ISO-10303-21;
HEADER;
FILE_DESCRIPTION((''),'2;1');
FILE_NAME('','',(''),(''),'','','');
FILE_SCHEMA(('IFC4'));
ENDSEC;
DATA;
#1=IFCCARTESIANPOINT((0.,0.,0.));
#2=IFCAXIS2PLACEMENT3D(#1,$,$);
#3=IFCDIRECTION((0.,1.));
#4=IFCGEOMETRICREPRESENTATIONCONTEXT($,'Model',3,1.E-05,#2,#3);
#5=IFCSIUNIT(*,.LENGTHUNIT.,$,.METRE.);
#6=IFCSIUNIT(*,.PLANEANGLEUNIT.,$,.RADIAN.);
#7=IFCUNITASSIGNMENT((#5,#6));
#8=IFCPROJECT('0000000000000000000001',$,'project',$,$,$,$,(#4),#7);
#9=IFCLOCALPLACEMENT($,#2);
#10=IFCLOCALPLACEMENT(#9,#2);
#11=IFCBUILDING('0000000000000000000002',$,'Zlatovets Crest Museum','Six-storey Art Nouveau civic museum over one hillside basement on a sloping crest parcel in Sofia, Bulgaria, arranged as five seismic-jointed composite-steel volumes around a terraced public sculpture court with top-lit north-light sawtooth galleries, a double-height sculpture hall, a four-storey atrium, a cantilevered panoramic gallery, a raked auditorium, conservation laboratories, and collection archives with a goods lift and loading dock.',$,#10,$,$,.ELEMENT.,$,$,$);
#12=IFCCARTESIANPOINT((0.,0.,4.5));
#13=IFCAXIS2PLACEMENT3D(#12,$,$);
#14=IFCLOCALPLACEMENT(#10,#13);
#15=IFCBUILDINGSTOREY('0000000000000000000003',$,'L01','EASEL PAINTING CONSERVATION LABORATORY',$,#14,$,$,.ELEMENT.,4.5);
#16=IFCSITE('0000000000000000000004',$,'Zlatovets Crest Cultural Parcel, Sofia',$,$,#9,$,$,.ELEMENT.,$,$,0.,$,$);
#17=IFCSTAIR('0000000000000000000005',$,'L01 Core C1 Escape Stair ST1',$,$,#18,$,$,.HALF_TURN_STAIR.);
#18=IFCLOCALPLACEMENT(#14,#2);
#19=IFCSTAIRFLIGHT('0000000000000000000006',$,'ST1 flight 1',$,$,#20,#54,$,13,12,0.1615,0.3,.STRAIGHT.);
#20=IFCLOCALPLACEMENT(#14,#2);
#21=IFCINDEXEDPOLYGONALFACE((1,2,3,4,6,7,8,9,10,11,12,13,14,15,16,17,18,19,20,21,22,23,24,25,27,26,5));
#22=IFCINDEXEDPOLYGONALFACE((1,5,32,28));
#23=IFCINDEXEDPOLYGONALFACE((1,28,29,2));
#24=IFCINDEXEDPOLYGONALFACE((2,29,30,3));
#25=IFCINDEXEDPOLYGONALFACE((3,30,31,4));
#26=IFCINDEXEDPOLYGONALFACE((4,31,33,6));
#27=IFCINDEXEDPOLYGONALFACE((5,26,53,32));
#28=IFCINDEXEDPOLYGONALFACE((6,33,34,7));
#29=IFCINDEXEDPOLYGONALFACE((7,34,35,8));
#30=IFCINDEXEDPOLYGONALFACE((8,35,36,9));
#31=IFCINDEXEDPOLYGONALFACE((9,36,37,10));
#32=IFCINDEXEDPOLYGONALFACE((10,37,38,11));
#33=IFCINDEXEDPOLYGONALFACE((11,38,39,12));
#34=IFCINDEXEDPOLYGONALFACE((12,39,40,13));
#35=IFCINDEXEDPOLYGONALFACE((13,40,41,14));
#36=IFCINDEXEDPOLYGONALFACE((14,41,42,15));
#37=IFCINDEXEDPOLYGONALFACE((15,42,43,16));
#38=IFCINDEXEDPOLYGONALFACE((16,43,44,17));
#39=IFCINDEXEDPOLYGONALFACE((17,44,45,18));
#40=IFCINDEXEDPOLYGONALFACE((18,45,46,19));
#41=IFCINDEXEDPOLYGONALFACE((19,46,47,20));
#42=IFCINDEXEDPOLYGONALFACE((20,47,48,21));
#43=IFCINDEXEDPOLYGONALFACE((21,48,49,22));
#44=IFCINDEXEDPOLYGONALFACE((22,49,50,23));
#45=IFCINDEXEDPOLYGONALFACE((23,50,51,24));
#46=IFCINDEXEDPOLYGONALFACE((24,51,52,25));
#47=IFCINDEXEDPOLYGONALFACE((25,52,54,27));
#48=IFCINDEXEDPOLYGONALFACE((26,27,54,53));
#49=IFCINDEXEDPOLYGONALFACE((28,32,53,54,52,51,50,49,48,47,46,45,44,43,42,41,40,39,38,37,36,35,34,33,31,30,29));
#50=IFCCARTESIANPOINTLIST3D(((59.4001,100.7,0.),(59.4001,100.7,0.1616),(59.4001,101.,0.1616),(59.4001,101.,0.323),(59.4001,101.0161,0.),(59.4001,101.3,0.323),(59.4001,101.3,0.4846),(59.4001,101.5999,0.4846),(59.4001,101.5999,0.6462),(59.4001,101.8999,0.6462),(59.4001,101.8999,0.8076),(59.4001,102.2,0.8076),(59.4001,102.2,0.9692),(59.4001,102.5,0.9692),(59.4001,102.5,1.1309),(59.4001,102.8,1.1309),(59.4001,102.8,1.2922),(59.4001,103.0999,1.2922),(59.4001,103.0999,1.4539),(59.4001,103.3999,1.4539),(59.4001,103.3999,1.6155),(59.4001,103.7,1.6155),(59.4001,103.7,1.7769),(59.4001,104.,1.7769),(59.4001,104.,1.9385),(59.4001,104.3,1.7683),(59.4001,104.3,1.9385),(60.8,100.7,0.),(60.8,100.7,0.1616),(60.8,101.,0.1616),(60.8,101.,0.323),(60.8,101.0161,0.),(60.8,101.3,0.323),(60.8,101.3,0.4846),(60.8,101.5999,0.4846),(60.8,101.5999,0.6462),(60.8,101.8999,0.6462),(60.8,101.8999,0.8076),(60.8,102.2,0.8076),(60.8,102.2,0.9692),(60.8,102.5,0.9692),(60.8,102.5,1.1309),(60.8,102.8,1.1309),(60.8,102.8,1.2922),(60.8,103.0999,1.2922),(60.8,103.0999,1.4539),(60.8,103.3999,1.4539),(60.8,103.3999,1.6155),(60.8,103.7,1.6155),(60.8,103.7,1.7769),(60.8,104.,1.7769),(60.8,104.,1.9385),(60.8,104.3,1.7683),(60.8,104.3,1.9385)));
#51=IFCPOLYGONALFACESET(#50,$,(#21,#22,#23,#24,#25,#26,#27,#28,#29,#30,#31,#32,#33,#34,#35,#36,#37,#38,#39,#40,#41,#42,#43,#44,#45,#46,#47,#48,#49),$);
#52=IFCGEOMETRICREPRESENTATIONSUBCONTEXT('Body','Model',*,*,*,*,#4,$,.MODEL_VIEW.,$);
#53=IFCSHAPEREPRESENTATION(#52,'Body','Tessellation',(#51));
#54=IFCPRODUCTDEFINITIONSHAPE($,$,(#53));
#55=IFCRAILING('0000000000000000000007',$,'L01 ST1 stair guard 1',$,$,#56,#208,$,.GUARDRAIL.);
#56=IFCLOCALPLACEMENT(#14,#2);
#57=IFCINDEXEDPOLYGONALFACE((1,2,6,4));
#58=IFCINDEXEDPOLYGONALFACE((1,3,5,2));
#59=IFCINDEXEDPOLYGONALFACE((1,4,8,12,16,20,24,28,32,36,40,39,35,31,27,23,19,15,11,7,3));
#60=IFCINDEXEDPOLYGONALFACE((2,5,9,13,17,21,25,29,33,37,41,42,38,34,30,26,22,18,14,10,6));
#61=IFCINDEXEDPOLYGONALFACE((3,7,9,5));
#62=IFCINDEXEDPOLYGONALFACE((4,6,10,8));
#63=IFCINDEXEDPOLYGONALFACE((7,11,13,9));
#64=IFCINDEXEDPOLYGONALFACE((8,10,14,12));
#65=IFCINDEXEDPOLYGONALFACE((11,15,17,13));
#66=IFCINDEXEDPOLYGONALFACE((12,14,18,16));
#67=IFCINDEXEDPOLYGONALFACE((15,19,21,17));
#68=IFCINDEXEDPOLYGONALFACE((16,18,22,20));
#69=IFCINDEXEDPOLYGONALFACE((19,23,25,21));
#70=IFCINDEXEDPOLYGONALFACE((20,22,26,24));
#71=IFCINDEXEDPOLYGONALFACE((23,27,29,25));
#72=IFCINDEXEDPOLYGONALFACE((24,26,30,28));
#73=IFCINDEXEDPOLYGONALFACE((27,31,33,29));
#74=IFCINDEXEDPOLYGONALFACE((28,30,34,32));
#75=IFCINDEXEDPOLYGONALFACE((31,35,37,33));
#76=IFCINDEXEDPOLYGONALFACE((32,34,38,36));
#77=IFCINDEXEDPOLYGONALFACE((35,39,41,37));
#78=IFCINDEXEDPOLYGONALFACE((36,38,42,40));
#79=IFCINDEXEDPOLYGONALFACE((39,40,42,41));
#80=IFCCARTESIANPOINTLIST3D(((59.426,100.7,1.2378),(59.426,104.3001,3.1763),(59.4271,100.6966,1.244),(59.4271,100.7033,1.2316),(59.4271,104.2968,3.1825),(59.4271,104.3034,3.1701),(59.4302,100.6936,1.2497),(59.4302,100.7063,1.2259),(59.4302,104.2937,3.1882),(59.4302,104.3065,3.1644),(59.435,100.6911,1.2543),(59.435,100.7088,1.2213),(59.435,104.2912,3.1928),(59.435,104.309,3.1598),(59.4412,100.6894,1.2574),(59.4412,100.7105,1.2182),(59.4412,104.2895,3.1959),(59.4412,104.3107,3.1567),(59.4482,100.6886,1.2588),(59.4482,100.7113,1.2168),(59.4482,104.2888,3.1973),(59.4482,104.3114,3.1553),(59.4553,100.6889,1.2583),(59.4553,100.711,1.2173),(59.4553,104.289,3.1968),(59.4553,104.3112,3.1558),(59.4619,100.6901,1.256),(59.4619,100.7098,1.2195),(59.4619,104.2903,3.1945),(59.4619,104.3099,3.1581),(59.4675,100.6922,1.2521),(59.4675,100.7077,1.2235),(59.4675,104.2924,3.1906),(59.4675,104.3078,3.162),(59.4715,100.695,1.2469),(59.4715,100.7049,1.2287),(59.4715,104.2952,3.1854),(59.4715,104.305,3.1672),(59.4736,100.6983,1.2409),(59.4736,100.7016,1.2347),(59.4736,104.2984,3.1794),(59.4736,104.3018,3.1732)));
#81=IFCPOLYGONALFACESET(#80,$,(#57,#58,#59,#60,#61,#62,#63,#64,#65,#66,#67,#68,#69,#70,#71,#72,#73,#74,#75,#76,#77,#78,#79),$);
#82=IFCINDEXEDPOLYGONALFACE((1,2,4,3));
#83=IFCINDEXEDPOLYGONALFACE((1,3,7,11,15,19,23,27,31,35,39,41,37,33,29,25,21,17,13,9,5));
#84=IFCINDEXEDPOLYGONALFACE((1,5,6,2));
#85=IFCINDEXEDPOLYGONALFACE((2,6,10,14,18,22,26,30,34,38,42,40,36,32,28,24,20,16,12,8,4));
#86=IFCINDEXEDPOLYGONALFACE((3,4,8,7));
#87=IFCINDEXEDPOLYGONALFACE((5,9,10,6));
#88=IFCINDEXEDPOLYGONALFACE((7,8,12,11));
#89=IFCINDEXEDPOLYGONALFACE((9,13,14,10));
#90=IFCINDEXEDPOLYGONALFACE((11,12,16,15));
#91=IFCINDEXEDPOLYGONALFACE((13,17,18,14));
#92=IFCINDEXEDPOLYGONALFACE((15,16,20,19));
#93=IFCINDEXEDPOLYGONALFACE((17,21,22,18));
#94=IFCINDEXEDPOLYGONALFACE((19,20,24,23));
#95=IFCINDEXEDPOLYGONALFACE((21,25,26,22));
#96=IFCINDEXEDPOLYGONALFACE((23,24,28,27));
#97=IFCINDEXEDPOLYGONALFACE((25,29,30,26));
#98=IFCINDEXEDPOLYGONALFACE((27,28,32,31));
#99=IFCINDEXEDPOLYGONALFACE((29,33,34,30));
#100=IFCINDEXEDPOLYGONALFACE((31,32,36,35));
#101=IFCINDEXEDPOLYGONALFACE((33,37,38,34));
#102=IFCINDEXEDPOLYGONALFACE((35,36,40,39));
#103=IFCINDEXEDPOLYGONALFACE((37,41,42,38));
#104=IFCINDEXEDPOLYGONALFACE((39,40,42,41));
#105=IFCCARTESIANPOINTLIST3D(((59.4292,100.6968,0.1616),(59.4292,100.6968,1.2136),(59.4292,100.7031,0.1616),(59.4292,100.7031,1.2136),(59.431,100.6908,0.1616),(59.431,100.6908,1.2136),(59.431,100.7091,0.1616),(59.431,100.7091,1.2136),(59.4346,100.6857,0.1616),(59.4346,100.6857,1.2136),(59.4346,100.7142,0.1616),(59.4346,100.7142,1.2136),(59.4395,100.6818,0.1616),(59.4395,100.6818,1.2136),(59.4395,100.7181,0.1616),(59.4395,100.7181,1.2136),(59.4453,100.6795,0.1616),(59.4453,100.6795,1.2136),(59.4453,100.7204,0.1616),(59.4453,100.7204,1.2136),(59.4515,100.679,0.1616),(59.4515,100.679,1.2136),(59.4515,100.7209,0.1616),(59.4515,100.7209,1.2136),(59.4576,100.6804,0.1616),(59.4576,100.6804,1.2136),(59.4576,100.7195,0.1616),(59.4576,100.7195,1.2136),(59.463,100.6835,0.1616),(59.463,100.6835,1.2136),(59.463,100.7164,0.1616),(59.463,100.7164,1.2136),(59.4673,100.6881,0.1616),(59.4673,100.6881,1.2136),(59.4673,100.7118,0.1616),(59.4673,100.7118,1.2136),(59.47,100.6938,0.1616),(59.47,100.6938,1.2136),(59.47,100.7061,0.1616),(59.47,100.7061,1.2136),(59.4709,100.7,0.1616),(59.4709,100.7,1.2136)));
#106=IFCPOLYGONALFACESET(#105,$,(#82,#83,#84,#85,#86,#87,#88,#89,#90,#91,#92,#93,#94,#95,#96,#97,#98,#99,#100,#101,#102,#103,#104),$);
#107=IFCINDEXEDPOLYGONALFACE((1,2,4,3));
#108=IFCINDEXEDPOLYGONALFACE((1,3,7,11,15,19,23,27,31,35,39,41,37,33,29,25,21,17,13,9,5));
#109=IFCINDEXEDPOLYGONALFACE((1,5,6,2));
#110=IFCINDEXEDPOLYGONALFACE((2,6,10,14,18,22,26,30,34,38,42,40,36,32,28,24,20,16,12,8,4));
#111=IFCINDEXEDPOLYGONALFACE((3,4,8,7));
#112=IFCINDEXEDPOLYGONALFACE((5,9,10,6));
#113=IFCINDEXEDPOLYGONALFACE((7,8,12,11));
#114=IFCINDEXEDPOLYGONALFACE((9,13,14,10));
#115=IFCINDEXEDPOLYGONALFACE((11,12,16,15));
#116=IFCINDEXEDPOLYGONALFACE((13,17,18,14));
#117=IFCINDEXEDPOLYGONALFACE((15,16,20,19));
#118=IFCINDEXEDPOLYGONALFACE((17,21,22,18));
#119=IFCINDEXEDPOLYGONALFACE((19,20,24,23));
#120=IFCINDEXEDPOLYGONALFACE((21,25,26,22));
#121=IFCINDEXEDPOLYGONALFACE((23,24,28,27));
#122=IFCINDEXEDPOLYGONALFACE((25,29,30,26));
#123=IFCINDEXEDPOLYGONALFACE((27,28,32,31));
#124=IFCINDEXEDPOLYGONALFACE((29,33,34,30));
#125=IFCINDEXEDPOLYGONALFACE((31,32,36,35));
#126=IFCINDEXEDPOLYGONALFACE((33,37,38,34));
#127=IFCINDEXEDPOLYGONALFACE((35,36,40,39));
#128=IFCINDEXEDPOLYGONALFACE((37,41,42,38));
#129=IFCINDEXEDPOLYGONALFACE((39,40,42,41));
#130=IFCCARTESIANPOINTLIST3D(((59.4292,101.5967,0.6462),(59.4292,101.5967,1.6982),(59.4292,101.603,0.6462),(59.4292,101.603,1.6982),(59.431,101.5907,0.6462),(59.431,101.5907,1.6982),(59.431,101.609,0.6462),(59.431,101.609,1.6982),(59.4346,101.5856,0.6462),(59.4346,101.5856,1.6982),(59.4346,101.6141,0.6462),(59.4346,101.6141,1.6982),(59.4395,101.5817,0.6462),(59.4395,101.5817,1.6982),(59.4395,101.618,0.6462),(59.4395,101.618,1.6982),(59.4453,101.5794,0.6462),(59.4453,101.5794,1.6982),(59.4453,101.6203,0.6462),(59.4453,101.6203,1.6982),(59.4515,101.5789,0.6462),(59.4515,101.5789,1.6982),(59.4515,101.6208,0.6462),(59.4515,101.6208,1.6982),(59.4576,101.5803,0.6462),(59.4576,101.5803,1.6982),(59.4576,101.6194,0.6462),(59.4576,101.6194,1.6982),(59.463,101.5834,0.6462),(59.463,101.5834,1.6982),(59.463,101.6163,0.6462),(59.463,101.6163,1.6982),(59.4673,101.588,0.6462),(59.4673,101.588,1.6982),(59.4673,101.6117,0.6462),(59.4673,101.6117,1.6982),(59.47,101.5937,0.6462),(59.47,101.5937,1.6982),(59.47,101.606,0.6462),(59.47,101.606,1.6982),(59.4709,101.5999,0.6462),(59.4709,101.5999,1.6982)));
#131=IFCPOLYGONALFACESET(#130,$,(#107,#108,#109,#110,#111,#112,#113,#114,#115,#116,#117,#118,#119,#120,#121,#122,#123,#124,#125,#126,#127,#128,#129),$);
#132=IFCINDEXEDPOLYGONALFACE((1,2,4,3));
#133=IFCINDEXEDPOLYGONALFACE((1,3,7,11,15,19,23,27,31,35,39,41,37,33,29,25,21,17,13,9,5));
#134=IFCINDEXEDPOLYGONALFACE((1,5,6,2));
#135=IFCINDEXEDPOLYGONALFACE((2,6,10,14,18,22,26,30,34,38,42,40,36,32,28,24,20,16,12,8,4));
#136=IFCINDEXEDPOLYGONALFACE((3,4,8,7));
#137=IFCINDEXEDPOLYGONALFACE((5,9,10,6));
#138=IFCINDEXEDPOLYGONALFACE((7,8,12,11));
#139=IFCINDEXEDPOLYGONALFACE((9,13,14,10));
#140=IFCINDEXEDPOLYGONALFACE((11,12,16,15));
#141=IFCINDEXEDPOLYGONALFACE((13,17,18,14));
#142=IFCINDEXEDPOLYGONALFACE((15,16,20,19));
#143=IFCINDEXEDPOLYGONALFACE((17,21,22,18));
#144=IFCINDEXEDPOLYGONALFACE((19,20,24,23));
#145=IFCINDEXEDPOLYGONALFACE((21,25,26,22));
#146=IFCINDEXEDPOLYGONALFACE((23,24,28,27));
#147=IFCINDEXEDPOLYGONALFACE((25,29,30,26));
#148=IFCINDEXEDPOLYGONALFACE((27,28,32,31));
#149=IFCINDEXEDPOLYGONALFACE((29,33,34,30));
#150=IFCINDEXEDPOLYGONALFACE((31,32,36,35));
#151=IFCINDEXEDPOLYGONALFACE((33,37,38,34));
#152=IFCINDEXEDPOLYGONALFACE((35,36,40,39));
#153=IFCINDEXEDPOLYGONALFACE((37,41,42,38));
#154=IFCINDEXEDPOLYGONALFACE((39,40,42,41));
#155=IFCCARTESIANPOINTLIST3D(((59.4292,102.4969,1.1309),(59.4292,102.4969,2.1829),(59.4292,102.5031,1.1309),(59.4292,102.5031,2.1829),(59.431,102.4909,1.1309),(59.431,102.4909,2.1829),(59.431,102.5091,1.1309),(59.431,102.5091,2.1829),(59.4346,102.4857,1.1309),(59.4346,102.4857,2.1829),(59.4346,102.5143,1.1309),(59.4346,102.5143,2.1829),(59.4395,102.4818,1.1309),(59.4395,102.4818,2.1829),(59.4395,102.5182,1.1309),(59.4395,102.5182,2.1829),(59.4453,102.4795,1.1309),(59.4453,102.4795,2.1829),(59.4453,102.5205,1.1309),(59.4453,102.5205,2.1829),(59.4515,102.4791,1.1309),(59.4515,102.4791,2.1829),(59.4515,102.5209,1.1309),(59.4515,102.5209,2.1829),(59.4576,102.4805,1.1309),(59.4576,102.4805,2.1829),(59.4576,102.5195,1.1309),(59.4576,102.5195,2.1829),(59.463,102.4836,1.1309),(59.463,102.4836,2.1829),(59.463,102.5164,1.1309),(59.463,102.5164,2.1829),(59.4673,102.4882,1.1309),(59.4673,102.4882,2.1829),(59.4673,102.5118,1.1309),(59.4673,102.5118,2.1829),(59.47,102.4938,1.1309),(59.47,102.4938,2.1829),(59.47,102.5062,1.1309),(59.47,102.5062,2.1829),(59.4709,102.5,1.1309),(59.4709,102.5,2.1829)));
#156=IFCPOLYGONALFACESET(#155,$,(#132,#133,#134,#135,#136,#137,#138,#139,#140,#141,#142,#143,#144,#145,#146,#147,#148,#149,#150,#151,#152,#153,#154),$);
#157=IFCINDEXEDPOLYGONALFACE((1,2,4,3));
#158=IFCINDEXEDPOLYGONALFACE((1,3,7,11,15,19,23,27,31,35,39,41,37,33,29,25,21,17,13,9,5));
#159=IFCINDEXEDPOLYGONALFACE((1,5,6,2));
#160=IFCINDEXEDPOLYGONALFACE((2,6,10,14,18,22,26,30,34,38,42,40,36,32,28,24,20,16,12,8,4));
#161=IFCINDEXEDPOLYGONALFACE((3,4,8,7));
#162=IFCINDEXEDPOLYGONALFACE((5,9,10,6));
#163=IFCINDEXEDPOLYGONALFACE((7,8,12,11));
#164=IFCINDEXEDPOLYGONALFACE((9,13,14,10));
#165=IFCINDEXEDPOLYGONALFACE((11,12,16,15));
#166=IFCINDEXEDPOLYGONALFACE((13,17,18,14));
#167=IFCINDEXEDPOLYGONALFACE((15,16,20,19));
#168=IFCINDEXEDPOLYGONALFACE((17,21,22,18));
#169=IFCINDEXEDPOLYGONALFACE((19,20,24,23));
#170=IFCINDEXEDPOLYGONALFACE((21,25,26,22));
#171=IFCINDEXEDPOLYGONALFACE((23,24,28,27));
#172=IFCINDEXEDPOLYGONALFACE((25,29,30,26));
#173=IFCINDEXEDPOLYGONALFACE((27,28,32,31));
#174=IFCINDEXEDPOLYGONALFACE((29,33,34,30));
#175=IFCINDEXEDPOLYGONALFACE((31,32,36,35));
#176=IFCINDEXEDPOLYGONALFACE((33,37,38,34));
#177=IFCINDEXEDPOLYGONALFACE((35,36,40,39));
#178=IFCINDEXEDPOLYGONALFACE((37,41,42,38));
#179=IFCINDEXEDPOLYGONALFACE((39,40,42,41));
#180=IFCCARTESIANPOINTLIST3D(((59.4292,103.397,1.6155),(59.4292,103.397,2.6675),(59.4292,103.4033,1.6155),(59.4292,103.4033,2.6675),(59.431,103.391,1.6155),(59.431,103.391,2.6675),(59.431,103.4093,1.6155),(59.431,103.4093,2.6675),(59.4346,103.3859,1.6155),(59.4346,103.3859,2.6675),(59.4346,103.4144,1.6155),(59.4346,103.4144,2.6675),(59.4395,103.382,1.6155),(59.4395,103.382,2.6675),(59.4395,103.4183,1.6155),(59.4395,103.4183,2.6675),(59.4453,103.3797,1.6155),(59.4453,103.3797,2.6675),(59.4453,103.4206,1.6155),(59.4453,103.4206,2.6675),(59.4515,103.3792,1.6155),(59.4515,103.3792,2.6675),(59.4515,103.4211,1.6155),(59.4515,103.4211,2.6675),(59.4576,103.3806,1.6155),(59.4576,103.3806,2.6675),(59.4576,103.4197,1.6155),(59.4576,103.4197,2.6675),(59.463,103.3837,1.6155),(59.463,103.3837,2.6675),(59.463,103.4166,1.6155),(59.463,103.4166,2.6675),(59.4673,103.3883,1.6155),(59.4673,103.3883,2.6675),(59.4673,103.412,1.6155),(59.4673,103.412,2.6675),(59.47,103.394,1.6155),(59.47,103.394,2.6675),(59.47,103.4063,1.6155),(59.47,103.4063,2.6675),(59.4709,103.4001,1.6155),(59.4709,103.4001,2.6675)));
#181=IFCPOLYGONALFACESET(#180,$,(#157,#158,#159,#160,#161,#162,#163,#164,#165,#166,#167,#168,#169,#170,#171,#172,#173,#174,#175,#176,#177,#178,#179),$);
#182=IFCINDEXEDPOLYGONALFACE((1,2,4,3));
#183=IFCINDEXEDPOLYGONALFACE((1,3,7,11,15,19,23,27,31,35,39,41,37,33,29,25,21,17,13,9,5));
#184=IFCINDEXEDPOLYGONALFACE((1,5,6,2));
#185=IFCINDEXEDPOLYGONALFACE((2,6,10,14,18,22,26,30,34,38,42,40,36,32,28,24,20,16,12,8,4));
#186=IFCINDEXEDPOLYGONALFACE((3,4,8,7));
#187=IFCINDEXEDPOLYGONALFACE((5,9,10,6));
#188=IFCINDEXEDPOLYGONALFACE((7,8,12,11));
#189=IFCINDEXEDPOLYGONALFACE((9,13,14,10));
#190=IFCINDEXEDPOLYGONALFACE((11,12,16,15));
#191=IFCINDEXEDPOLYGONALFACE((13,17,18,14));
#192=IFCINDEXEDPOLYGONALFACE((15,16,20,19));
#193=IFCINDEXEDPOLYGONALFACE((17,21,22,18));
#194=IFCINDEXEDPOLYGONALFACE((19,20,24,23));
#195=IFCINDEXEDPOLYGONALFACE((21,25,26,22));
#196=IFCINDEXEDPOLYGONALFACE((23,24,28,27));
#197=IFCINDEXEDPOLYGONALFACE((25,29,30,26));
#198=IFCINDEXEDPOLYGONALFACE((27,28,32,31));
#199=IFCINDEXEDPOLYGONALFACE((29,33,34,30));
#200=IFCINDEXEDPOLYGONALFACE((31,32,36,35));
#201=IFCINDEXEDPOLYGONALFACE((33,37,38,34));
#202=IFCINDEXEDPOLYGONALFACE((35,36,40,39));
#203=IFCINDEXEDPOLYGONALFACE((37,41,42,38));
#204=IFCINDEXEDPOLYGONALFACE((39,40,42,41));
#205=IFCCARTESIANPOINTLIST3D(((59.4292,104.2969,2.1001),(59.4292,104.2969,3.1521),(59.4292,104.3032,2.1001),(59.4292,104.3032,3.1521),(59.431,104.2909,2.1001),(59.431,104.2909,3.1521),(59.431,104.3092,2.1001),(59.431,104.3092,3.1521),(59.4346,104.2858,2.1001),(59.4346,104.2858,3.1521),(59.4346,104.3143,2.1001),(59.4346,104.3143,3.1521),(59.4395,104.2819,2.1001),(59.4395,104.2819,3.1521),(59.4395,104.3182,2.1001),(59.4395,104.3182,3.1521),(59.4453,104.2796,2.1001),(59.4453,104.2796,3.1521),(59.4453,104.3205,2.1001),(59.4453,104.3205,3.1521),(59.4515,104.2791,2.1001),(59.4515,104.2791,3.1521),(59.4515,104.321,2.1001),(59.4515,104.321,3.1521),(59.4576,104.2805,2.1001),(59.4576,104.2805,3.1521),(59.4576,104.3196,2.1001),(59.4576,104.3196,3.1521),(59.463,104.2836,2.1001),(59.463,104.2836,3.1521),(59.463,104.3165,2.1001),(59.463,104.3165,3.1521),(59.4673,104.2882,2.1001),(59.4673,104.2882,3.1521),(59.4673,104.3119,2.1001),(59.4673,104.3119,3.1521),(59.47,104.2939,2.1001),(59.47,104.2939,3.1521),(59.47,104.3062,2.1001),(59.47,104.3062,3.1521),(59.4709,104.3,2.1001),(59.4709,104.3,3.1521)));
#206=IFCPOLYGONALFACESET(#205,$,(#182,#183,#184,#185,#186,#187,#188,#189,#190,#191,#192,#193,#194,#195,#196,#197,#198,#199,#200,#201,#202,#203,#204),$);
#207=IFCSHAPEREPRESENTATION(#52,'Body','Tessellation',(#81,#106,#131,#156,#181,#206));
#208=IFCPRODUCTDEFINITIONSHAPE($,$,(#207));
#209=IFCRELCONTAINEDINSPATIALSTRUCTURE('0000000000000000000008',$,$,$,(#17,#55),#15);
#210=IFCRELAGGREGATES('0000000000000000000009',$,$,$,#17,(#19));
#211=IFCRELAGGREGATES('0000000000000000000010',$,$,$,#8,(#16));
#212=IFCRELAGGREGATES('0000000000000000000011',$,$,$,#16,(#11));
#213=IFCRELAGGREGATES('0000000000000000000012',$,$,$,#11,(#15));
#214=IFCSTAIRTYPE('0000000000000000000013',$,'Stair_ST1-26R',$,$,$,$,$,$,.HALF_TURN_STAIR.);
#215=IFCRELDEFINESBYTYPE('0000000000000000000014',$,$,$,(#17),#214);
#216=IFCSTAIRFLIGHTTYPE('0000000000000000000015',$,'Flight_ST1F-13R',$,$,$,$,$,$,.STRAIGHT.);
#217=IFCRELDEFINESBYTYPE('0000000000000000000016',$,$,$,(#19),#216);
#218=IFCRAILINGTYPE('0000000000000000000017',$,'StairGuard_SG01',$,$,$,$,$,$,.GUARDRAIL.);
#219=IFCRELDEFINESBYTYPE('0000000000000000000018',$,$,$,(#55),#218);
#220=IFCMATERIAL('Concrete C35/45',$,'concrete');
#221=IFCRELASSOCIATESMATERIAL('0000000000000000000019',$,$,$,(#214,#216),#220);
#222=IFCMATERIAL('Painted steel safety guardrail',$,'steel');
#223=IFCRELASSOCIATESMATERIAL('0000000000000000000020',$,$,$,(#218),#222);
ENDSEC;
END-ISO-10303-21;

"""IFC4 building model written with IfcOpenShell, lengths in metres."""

from ifc_helpers import new_model, si_unit, direction, frame, origin, origin_2d, place, context, subcontext, project, spatial, polyline, circle, outline, extrude, material, type_object, element, aggregate, save


model = new_model("IFC4")

# Units and contexts
model_context = context("Model", 3, precision=1e-05, world=origin(), true_north=direction((0.0, 1.0)))
body_context = subcontext(model_context, "Body", "Model", "MODEL_VIEW")
ifc_project = project(units=[si_unit("LENGTHUNIT", "METRE"), si_unit("PLANEANGLEUNIT", "RADIAN")], contexts=[model_context])

# Site, building, storey
site_placement = place(None, origin())
site = spatial("IfcSite", under=ifc_project, at=site_placement, Name="Zlatovets Crest Cultural Parcel, Sofia", CompositionType="ELEMENT", RefElevation=0.0)
building_placement = place(site_placement, origin())
building = spatial("IfcBuilding", under=site, at=building_placement, Name="Zlatovets Crest Museum", Description="Six-storey Art Nouveau civic museum over one hillside basement on a sloping crest parcel in Sofia, Bulgaria, arranged as five seismic-jointed composite-steel volumes around a terraced public sculpture court with top-lit north-light sawtooth galleries, a double-height sculpture hall, a four-storey atrium, a cantilevered panoramic gallery, a raked auditorium, conservation laboratories, and collection archives with a goods lift and loading dock.", CompositionType="ELEMENT")
storey_placement = place(building_placement, frame((0.0, 0.0, 4.5)))
storey = spatial("IfcBuildingStorey", under=building, at=storey_placement, Name="L01", Description="EASEL PAINTING CONSERVATION LABORATORY", CompositionType="ELEMENT", Elevation=4.5)

# Shared definitions
ifc_material_1 = material(Name="Concrete C35/45", Category="concrete")

# Stair, stair flight
stair_type = type_object("IfcStairType", Name="Stair_ST1-26R", PredefinedType="HALF_TURN_STAIR", material=ifc_material_1)
stair_placement = place(storey_placement, origin())
stair = element("IfcStair", 1, at=stair_placement, inside=storey, type_object=stair_type, Name="L01 Core C1 Escape Stair ST1", PredefinedType="HALF_TURN_STAIR")
stair_flight_type = type_object("IfcStairFlightType", Name="Flight_ST1F-13R", PredefinedType="STRAIGHT", material=ifc_material_1)
stair_flight_placement = place(storey_placement, frame((60.1001, 100.7, 0.0), z_axis=(0.0, 0.0, 1.0), x_axis=(0.0, 1.0, 0.0)))
stair_flight = element("IfcStairFlight", 2, at=stair_flight_placement, type_object=stair_flight_type, Name="ST1 flight 1", NumberOfRisers=13, NumberOfTreads=12, PredefinedType="STRAIGHT", RiserHeight=0.1615, TreadLength=0.3, context=body_context, shape_type="SweptSolid", body=[
    extrude(outline(polyline([(0.0, 0.0), (0.0, 0.1616), (0.3, 0.1616), (0.3, 0.323), (0.6001, 0.323), (0.6001, 0.4846), (0.8999, 0.4846), (0.8999, 0.6462), (1.2, 0.6462), (1.2, 0.8076), (1.5, 0.8076), (1.5, 0.9692), (1.8, 0.9692), (1.8, 1.1309), (2.1001, 1.1309), (2.1001, 1.2922), (2.3999, 1.2922), (2.3999, 1.4539), (2.7, 1.4539), (2.7, 1.6155), (3.0, 1.6155), (3.0, 1.7769), (3.3, 1.7769), (3.3, 1.9385), (3.6001, 1.9385), (3.6001, 2.1001), (3.6001, 1.7683), (0.3162, 0.0), (0.0, 0.0)])), frame((0.0, 0.7, 0.0), z_axis=(0.0, -1.0, 0.0), x_axis=(1.0, 0.0, 0.0)), (0.0, 0.0, 1.0), 1.3999),
])
aggregate(stair, [stair_flight])

# Railing
ifc_material_2 = material(Name="Painted steel safety guardrail", Category="steel")
railing_type_1 = type_object("IfcRailingType", Name="StairGuard_SG01", PredefinedType="GUARDRAIL", material=ifc_material_2)
railing_1_placement = place(storey_placement, frame((59.45, 100.7, 0.1616)))
element("IfcRailing", 3, at=railing_1_placement, inside=storey, type_object=railing_type_1, Name="L01 ST1 stair guard 1", PredefinedType="GUARDRAIL", context=body_context, shape_type="SweptSolid", body=[
    extrude(circle(Radius=0.0239, at=origin_2d()), frame((0.0, 0.0, 1.0762), z_axis=(0.0, 0.880475, 0.474093), x_axis=(-1.0, 0.0, 0.0)), (0.0, 0.0, 1.0), 4.0889),
    extrude(circle(Radius=0.021, at=origin_2d()), origin(), (0.0, 0.0, 1.0), 1.052),
    extrude(circle(Radius=0.021, at=origin_2d()), frame((0.0, 0.8999, 0.4846)), (0.0, 0.0, 1.0), 1.052),
    extrude(circle(Radius=0.021, at=origin_2d()), frame((0.0, 1.8, 0.9692)), (0.0, 0.0, 1.0), 1.052),
    extrude(circle(Radius=0.021, at=origin_2d()), frame((0.0, 2.7002, 1.4539)), (0.0, 0.0, 1.0), 1.052),
    extrude(circle(Radius=0.021, at=origin_2d()), frame((0.0, 3.6001, 1.9385)), (0.0, 0.0, 1.0), 1.052),
])

save(model, "model.ifc")
